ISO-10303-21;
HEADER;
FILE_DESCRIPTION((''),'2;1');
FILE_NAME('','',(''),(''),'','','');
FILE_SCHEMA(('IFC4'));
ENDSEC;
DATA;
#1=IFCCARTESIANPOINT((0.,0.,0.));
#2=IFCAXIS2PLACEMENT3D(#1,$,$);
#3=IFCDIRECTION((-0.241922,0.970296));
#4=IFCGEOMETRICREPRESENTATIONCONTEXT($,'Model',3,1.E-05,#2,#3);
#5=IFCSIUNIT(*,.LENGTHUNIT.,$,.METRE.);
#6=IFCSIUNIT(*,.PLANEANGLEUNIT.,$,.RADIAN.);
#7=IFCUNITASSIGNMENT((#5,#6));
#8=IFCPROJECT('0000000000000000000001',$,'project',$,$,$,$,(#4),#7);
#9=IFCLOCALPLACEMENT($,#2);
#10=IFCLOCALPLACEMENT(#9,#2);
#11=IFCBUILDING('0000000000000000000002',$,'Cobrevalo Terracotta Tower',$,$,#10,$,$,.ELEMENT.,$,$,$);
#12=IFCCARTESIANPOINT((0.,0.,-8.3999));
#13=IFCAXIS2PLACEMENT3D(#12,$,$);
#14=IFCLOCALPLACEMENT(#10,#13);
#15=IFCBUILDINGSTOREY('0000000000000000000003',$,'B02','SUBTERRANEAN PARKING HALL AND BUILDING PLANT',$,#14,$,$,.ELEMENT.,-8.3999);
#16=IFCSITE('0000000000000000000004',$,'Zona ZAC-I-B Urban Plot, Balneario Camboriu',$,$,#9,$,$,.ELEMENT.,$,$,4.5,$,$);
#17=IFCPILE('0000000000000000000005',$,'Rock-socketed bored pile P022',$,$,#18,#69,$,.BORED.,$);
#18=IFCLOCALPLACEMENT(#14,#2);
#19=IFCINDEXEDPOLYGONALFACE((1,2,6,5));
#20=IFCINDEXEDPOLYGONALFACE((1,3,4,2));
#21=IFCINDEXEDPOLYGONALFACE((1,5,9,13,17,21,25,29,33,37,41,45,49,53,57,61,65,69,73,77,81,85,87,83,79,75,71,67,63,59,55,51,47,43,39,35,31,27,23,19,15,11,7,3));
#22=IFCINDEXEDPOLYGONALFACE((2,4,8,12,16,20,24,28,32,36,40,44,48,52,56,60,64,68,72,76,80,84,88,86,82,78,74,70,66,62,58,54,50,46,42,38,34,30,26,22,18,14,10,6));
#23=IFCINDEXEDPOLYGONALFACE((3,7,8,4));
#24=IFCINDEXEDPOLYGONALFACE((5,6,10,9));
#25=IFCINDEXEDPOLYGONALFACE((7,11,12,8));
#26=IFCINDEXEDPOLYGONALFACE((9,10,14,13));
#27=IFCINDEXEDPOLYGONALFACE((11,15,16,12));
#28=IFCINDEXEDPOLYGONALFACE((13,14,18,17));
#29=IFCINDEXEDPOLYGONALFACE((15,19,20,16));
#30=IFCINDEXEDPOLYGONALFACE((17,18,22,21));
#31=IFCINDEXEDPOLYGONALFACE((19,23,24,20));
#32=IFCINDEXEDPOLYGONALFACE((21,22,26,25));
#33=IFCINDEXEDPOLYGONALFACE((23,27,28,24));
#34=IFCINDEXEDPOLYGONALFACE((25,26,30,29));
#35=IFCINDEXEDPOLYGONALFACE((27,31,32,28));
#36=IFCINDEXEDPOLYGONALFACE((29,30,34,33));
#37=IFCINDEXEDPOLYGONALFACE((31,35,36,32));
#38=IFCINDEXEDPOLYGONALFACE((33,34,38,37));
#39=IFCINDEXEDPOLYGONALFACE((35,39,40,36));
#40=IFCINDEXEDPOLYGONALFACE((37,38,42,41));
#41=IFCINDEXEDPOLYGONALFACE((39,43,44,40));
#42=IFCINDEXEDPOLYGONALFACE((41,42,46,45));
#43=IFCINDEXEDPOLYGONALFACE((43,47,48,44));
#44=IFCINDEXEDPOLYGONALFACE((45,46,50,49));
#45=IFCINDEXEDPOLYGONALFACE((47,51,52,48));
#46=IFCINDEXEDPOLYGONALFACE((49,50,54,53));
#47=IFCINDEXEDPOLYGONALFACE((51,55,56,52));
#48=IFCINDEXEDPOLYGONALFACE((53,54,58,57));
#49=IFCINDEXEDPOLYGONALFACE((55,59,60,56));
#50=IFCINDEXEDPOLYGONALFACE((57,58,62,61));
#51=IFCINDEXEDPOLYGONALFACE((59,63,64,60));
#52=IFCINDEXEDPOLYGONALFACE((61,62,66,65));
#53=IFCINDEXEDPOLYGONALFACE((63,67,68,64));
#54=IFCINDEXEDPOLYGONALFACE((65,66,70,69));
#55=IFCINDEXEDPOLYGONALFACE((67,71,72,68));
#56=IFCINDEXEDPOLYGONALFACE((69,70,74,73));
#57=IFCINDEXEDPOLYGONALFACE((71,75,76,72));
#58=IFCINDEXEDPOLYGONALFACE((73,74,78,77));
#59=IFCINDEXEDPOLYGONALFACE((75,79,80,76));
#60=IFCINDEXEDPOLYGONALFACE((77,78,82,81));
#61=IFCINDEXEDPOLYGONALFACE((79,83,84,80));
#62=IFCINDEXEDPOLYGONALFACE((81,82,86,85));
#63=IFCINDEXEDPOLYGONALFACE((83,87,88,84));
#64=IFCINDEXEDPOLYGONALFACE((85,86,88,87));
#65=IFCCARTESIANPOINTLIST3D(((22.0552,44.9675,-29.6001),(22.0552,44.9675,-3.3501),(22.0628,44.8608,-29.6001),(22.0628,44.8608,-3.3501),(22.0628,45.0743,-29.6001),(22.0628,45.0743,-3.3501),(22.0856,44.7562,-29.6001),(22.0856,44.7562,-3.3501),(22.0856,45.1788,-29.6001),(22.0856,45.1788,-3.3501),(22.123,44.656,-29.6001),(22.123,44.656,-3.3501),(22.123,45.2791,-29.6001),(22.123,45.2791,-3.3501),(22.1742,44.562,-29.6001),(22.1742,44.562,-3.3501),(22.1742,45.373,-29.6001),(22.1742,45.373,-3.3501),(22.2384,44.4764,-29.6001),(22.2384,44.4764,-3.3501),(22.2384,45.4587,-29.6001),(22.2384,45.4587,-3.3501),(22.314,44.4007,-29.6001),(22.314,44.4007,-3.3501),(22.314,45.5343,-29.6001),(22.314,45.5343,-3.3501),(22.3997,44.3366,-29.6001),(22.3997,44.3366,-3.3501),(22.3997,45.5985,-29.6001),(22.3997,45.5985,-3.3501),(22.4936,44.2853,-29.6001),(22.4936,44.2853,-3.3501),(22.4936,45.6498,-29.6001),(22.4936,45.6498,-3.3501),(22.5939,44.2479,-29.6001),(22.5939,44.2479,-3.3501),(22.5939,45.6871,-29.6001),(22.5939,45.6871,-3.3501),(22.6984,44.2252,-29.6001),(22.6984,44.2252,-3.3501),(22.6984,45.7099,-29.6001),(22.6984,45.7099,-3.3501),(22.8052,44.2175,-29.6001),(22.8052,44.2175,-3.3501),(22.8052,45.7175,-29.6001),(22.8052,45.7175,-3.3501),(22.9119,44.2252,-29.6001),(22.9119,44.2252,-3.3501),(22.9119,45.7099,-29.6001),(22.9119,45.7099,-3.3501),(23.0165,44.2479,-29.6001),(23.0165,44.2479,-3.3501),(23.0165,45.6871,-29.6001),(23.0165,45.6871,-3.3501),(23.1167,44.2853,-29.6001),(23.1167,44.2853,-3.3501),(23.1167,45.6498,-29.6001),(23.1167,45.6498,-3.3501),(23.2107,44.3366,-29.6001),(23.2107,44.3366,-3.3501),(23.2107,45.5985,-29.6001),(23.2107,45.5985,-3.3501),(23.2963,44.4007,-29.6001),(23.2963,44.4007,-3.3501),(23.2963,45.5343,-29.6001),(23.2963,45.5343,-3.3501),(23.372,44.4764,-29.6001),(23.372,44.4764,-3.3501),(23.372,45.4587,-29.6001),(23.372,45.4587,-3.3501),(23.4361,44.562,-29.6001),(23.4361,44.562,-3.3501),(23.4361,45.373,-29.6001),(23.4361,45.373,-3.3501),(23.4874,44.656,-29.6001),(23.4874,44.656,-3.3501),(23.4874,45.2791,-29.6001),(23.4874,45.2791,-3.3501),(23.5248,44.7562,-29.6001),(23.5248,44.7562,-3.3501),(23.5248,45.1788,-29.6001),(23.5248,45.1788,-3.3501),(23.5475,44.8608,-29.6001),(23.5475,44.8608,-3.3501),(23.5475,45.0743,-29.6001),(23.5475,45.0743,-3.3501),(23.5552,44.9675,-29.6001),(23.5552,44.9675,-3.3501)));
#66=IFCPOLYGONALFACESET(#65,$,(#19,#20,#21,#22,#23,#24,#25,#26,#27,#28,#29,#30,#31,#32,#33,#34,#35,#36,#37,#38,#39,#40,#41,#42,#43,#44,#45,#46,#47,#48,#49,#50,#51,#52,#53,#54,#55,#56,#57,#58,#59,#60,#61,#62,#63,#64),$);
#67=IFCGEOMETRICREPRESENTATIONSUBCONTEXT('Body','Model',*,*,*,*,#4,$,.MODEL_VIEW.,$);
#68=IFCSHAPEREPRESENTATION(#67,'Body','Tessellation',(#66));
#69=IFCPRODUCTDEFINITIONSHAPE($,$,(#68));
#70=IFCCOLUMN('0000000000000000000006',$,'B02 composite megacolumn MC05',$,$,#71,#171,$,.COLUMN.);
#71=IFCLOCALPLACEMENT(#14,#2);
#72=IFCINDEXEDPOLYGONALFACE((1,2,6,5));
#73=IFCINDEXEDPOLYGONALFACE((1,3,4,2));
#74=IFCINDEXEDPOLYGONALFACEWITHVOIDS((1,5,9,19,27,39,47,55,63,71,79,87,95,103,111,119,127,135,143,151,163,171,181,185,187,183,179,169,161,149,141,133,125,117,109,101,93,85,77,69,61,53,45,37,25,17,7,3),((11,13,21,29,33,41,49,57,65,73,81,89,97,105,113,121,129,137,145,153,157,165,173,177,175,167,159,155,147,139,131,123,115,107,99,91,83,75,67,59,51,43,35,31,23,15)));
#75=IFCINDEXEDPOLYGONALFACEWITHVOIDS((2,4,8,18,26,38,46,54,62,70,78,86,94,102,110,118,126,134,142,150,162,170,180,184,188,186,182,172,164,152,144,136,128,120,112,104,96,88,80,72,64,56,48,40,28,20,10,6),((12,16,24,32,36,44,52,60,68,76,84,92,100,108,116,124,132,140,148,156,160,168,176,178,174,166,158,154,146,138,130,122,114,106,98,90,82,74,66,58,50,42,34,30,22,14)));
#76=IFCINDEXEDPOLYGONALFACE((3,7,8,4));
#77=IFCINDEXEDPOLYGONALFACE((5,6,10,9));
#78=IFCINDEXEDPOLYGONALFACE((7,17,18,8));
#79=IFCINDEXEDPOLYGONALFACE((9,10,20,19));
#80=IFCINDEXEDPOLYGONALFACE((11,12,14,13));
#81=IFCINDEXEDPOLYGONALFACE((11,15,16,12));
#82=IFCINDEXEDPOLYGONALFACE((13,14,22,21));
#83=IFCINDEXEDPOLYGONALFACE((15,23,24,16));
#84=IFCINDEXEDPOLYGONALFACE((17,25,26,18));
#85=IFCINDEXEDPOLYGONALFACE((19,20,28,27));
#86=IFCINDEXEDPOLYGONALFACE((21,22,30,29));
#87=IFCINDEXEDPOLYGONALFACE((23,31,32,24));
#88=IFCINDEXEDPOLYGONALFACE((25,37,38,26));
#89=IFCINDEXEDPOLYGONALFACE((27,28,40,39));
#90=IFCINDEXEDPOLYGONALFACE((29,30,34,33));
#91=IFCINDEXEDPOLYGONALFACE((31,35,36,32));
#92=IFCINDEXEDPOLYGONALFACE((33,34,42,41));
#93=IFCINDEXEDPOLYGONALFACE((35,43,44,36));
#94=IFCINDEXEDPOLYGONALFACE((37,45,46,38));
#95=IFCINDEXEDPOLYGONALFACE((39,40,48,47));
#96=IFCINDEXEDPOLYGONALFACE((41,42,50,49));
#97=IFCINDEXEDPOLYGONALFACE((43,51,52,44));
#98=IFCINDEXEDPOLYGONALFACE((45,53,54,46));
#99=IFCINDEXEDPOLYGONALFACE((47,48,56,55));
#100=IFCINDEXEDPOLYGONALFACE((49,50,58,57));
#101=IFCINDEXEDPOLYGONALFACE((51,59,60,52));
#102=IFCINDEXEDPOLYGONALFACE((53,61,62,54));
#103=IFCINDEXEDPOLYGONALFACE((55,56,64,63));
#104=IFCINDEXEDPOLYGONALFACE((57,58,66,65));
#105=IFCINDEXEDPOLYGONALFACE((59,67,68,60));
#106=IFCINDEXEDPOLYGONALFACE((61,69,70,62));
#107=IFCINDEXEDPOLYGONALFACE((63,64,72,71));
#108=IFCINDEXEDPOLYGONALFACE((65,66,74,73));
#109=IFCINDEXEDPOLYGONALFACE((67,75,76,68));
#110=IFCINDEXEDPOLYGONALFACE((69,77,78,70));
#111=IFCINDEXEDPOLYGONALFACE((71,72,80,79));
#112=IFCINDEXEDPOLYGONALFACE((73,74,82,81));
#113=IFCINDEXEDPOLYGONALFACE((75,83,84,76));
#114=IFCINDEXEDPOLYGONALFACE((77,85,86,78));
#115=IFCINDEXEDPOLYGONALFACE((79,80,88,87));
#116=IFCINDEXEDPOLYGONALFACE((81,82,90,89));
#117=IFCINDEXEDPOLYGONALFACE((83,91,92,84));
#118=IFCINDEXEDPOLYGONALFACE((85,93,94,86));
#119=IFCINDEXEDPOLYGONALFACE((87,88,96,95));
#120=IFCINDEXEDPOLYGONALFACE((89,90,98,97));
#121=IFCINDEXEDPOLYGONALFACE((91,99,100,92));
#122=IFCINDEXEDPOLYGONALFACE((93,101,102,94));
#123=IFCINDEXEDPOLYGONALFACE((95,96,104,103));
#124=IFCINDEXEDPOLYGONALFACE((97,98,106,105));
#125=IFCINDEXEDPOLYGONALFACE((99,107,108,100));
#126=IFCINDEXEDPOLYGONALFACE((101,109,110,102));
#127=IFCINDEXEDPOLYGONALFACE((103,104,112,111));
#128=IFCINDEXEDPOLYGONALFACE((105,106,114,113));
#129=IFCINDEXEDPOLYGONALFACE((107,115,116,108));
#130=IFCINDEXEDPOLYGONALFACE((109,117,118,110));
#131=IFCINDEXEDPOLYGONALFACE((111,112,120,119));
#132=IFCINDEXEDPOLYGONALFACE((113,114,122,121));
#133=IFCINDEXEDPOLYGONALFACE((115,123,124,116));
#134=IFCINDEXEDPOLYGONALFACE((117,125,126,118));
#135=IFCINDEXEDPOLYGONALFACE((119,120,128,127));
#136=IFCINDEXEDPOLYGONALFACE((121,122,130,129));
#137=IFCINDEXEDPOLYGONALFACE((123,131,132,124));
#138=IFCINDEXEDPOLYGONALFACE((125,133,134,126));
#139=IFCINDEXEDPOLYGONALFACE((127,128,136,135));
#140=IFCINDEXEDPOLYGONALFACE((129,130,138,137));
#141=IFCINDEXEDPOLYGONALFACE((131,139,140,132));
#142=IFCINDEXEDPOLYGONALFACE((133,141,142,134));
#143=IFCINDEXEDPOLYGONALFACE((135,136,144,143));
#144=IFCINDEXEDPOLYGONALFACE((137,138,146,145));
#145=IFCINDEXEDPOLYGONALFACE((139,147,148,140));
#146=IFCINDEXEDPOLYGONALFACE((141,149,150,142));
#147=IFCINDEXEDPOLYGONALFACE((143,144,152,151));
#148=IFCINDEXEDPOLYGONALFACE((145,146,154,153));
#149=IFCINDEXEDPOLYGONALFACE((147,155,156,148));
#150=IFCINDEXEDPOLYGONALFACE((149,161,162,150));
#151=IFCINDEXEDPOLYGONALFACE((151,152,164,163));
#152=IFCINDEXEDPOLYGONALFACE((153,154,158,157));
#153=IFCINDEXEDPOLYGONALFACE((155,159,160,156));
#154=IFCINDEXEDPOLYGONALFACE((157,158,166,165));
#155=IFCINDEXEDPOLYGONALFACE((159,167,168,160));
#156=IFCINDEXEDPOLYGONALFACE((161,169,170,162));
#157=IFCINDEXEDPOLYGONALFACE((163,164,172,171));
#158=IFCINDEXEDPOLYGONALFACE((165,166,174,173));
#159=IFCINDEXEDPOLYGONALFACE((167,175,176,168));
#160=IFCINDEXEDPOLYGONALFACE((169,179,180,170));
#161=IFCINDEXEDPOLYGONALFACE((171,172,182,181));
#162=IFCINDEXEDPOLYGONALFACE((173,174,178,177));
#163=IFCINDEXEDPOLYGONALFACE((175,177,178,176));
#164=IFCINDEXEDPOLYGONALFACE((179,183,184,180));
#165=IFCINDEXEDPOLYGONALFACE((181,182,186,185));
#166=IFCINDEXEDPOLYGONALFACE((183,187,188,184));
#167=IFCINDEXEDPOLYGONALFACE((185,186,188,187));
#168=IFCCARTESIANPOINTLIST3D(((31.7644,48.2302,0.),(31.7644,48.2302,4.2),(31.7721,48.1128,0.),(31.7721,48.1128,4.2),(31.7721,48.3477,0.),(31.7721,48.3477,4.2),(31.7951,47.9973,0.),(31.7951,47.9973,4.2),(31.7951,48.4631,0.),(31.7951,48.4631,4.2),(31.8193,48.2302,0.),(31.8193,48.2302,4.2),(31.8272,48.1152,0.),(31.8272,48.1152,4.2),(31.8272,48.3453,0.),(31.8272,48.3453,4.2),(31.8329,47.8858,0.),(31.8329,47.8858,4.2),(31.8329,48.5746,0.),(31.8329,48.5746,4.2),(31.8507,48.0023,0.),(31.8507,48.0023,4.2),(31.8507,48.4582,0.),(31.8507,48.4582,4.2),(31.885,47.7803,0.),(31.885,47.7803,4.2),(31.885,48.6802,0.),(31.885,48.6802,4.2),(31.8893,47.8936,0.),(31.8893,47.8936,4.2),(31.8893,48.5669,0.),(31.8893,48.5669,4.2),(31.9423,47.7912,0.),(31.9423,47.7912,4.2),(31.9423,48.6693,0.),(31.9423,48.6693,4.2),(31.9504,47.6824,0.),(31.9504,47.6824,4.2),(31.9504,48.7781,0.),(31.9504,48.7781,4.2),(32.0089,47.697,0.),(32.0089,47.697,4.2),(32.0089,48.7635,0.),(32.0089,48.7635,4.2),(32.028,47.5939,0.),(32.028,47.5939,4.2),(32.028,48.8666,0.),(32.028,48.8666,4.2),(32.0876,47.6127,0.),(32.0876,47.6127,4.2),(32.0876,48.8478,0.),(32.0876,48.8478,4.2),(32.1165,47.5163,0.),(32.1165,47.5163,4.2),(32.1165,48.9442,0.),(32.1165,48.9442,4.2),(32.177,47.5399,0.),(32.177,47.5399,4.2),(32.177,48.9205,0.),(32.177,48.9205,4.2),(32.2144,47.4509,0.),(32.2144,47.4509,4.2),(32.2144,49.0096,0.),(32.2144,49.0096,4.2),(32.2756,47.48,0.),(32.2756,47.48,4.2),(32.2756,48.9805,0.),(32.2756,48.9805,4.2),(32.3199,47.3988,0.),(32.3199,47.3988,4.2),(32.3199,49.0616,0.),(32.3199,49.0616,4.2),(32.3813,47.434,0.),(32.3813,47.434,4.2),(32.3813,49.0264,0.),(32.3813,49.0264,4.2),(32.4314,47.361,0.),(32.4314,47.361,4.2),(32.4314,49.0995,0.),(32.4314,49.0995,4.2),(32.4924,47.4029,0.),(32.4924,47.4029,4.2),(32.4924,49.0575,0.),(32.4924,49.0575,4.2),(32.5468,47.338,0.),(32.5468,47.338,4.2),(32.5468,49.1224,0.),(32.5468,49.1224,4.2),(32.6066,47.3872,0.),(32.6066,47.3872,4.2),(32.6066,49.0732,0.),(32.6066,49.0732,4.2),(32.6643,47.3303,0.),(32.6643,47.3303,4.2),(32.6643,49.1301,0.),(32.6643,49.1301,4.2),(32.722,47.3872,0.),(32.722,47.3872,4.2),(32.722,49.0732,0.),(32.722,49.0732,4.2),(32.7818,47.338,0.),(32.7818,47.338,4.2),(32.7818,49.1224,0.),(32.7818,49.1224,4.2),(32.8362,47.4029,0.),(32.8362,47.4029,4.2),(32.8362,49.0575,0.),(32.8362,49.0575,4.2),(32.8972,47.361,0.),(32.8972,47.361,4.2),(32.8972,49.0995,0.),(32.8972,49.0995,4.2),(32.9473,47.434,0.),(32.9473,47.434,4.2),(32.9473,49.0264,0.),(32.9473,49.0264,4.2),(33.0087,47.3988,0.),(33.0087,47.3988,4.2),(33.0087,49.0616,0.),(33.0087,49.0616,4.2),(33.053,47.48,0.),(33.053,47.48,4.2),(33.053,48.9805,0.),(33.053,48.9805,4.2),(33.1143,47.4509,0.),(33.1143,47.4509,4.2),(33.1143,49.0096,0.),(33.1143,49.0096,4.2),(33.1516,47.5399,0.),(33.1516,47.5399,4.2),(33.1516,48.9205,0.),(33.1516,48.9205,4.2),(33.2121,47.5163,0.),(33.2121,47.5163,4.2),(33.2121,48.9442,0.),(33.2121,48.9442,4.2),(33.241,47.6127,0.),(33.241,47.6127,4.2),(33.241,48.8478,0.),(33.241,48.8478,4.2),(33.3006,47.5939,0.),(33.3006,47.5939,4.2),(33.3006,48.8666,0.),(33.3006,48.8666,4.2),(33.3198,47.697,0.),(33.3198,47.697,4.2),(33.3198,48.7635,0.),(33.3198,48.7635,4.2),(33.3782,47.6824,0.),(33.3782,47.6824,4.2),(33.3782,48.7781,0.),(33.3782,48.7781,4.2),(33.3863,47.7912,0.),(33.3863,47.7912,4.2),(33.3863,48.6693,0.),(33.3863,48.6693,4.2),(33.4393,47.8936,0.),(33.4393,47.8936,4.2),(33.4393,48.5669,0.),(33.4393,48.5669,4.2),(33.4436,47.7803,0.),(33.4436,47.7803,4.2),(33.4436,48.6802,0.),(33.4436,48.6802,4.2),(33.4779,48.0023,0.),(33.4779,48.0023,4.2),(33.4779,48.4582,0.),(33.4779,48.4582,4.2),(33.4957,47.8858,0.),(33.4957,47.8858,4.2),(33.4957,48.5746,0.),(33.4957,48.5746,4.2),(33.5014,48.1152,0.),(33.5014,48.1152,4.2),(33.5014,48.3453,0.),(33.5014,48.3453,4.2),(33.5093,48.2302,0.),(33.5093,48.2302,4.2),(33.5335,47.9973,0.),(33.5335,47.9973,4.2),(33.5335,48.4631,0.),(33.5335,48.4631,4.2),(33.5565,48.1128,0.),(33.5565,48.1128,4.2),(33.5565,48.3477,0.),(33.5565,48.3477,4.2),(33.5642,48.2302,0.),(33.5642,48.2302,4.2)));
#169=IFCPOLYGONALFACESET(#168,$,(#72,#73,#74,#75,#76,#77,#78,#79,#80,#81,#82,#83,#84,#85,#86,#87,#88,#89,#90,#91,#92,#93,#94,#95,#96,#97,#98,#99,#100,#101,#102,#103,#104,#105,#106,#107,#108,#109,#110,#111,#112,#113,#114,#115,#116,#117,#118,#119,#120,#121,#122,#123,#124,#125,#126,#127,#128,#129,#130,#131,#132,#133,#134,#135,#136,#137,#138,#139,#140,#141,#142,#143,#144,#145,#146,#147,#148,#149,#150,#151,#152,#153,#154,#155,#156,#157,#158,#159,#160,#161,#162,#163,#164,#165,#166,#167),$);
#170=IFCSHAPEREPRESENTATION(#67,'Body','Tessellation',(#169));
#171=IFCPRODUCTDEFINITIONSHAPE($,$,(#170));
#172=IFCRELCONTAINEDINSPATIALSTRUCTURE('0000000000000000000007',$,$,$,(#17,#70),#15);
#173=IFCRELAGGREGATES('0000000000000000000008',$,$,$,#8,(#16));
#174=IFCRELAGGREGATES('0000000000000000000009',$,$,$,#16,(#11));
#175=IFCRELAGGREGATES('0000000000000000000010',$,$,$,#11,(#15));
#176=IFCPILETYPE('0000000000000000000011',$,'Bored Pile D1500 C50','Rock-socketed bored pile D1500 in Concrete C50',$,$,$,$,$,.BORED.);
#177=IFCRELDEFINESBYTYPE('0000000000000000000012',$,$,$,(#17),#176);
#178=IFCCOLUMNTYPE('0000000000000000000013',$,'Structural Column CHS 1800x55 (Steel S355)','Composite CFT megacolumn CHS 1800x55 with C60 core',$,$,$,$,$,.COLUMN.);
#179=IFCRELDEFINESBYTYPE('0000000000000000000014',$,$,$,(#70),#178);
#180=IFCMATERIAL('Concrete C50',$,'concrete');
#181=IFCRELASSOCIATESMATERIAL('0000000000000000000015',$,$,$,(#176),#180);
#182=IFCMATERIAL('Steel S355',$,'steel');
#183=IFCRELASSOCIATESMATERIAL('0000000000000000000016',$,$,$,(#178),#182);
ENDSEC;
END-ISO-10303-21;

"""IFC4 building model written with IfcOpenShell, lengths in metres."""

from ifc_helpers import new_model, si_unit, direction, frame, origin, origin_2d, place, context, subcontext, project, spatial, circle, hollow_circle, extrude, material, material_profile, profile_set, type_object, element, save


model = new_model("IFC4")

# Units and contexts
model_context = context("Model", 3, precision=1e-05, world=origin(), true_north=direction((-0.241922, 0.970296)))
body_context = subcontext(model_context, "Body", "Model", "MODEL_VIEW")
ifc_project = project(units=[si_unit("LENGTHUNIT", "METRE"), si_unit("PLANEANGLEUNIT", "RADIAN")], contexts=[model_context])

# Site, building, storey
site_placement = place(None, origin())
site = spatial("IfcSite", under=ifc_project, at=site_placement, Name="Zona ZAC-I-B Urban Plot, Balneario Camboriu", CompositionType="ELEMENT", RefElevation=4.5)
building_placement = place(site_placement, origin())
building = spatial("IfcBuilding", under=site, at=building_placement, Name="Cobrevalo Terracotta Tower", CompositionType="ELEMENT")
storey_placement = place(building_placement, frame((0.0, 0.0, -8.3999)))
storey = spatial("IfcBuildingStorey", under=building, at=storey_placement, Name="B02", Description="SUBTERRANEAN PARKING HALL AND BUILDING PLANT", CompositionType="ELEMENT", Elevation=-8.3999)

# Pile
ifc_material_1 = material(Name="Concrete C50", Category="concrete")
ifc_material_profile_1 = material_profile(ifc_material_1, circle(Radius=0.75, at=origin_2d()), Name="PILE D1500")
ifc_profile_set_1 = profile_set([ifc_material_profile_1], Name="Concrete C50")
pile_type_1 = type_object("IfcPileType", Name="Bored Pile D1500 C50", Description="Rock-socketed bored pile D1500 in Concrete C50", PredefinedType="BORED", material=ifc_profile_set_1)
for number, where, z_axis, x_axis, name in (
    (1, (22.8052, 44.9675, -3.3501), (0.0, 0.0, -1.0), (1.0, 0.0, 0.0), "Rock-socketed bored pile P022"),
):
    element("IfcPile", number, at=place(storey_placement, frame(where, z_axis=z_axis, x_axis=x_axis)), inside=storey, type_object=pile_type_1, Name=name, PredefinedType="BORED", context=body_context, shape_type="SweptSolid", body=[
        extrude(circle(Radius=0.75, at=origin_2d()), origin(), (0.0, 0.0, 1.0), 26.25),
    ])

# Column
ifc_material_2 = material(Name="Steel S355", Category="steel")
ifc_material_profile_2 = material_profile(ifc_material_2, hollow_circle(Radius=0.8999, WallThickness=0.0549, at=origin_2d()), Name="CHS 1800x55")
ifc_profile_set_2 = profile_set([ifc_material_profile_2], Name="Steel S355")
column_type_1 = type_object("IfcColumnType", Name="Structural Column CHS 1800x55 (Steel S355)", Description="Composite CFT megacolumn CHS 1800x55 with C60 core", PredefinedType="COLUMN", material=ifc_profile_set_2)
for number, where, z_axis, x_axis, name in (
    (2, (32.6643, 48.2302, 0.0), (0.0, 0.0, 1.0), (1.0, 0.0, 0.0), "B02 composite megacolumn MC05"),
):
    element("IfcColumn", number, at=place(storey_placement, frame(where, z_axis=z_axis, x_axis=x_axis)), inside=storey, type_object=column_type_1, Name=name, PredefinedType="COLUMN", context=body_context, shape_type="SweptSolid", body=[
        extrude(hollow_circle(Radius=0.8999, WallThickness=0.0549, at=origin_2d()), origin(), (0.0, 0.0, 1.0), 4.2),
    ])

save(model, "model.ifc")
